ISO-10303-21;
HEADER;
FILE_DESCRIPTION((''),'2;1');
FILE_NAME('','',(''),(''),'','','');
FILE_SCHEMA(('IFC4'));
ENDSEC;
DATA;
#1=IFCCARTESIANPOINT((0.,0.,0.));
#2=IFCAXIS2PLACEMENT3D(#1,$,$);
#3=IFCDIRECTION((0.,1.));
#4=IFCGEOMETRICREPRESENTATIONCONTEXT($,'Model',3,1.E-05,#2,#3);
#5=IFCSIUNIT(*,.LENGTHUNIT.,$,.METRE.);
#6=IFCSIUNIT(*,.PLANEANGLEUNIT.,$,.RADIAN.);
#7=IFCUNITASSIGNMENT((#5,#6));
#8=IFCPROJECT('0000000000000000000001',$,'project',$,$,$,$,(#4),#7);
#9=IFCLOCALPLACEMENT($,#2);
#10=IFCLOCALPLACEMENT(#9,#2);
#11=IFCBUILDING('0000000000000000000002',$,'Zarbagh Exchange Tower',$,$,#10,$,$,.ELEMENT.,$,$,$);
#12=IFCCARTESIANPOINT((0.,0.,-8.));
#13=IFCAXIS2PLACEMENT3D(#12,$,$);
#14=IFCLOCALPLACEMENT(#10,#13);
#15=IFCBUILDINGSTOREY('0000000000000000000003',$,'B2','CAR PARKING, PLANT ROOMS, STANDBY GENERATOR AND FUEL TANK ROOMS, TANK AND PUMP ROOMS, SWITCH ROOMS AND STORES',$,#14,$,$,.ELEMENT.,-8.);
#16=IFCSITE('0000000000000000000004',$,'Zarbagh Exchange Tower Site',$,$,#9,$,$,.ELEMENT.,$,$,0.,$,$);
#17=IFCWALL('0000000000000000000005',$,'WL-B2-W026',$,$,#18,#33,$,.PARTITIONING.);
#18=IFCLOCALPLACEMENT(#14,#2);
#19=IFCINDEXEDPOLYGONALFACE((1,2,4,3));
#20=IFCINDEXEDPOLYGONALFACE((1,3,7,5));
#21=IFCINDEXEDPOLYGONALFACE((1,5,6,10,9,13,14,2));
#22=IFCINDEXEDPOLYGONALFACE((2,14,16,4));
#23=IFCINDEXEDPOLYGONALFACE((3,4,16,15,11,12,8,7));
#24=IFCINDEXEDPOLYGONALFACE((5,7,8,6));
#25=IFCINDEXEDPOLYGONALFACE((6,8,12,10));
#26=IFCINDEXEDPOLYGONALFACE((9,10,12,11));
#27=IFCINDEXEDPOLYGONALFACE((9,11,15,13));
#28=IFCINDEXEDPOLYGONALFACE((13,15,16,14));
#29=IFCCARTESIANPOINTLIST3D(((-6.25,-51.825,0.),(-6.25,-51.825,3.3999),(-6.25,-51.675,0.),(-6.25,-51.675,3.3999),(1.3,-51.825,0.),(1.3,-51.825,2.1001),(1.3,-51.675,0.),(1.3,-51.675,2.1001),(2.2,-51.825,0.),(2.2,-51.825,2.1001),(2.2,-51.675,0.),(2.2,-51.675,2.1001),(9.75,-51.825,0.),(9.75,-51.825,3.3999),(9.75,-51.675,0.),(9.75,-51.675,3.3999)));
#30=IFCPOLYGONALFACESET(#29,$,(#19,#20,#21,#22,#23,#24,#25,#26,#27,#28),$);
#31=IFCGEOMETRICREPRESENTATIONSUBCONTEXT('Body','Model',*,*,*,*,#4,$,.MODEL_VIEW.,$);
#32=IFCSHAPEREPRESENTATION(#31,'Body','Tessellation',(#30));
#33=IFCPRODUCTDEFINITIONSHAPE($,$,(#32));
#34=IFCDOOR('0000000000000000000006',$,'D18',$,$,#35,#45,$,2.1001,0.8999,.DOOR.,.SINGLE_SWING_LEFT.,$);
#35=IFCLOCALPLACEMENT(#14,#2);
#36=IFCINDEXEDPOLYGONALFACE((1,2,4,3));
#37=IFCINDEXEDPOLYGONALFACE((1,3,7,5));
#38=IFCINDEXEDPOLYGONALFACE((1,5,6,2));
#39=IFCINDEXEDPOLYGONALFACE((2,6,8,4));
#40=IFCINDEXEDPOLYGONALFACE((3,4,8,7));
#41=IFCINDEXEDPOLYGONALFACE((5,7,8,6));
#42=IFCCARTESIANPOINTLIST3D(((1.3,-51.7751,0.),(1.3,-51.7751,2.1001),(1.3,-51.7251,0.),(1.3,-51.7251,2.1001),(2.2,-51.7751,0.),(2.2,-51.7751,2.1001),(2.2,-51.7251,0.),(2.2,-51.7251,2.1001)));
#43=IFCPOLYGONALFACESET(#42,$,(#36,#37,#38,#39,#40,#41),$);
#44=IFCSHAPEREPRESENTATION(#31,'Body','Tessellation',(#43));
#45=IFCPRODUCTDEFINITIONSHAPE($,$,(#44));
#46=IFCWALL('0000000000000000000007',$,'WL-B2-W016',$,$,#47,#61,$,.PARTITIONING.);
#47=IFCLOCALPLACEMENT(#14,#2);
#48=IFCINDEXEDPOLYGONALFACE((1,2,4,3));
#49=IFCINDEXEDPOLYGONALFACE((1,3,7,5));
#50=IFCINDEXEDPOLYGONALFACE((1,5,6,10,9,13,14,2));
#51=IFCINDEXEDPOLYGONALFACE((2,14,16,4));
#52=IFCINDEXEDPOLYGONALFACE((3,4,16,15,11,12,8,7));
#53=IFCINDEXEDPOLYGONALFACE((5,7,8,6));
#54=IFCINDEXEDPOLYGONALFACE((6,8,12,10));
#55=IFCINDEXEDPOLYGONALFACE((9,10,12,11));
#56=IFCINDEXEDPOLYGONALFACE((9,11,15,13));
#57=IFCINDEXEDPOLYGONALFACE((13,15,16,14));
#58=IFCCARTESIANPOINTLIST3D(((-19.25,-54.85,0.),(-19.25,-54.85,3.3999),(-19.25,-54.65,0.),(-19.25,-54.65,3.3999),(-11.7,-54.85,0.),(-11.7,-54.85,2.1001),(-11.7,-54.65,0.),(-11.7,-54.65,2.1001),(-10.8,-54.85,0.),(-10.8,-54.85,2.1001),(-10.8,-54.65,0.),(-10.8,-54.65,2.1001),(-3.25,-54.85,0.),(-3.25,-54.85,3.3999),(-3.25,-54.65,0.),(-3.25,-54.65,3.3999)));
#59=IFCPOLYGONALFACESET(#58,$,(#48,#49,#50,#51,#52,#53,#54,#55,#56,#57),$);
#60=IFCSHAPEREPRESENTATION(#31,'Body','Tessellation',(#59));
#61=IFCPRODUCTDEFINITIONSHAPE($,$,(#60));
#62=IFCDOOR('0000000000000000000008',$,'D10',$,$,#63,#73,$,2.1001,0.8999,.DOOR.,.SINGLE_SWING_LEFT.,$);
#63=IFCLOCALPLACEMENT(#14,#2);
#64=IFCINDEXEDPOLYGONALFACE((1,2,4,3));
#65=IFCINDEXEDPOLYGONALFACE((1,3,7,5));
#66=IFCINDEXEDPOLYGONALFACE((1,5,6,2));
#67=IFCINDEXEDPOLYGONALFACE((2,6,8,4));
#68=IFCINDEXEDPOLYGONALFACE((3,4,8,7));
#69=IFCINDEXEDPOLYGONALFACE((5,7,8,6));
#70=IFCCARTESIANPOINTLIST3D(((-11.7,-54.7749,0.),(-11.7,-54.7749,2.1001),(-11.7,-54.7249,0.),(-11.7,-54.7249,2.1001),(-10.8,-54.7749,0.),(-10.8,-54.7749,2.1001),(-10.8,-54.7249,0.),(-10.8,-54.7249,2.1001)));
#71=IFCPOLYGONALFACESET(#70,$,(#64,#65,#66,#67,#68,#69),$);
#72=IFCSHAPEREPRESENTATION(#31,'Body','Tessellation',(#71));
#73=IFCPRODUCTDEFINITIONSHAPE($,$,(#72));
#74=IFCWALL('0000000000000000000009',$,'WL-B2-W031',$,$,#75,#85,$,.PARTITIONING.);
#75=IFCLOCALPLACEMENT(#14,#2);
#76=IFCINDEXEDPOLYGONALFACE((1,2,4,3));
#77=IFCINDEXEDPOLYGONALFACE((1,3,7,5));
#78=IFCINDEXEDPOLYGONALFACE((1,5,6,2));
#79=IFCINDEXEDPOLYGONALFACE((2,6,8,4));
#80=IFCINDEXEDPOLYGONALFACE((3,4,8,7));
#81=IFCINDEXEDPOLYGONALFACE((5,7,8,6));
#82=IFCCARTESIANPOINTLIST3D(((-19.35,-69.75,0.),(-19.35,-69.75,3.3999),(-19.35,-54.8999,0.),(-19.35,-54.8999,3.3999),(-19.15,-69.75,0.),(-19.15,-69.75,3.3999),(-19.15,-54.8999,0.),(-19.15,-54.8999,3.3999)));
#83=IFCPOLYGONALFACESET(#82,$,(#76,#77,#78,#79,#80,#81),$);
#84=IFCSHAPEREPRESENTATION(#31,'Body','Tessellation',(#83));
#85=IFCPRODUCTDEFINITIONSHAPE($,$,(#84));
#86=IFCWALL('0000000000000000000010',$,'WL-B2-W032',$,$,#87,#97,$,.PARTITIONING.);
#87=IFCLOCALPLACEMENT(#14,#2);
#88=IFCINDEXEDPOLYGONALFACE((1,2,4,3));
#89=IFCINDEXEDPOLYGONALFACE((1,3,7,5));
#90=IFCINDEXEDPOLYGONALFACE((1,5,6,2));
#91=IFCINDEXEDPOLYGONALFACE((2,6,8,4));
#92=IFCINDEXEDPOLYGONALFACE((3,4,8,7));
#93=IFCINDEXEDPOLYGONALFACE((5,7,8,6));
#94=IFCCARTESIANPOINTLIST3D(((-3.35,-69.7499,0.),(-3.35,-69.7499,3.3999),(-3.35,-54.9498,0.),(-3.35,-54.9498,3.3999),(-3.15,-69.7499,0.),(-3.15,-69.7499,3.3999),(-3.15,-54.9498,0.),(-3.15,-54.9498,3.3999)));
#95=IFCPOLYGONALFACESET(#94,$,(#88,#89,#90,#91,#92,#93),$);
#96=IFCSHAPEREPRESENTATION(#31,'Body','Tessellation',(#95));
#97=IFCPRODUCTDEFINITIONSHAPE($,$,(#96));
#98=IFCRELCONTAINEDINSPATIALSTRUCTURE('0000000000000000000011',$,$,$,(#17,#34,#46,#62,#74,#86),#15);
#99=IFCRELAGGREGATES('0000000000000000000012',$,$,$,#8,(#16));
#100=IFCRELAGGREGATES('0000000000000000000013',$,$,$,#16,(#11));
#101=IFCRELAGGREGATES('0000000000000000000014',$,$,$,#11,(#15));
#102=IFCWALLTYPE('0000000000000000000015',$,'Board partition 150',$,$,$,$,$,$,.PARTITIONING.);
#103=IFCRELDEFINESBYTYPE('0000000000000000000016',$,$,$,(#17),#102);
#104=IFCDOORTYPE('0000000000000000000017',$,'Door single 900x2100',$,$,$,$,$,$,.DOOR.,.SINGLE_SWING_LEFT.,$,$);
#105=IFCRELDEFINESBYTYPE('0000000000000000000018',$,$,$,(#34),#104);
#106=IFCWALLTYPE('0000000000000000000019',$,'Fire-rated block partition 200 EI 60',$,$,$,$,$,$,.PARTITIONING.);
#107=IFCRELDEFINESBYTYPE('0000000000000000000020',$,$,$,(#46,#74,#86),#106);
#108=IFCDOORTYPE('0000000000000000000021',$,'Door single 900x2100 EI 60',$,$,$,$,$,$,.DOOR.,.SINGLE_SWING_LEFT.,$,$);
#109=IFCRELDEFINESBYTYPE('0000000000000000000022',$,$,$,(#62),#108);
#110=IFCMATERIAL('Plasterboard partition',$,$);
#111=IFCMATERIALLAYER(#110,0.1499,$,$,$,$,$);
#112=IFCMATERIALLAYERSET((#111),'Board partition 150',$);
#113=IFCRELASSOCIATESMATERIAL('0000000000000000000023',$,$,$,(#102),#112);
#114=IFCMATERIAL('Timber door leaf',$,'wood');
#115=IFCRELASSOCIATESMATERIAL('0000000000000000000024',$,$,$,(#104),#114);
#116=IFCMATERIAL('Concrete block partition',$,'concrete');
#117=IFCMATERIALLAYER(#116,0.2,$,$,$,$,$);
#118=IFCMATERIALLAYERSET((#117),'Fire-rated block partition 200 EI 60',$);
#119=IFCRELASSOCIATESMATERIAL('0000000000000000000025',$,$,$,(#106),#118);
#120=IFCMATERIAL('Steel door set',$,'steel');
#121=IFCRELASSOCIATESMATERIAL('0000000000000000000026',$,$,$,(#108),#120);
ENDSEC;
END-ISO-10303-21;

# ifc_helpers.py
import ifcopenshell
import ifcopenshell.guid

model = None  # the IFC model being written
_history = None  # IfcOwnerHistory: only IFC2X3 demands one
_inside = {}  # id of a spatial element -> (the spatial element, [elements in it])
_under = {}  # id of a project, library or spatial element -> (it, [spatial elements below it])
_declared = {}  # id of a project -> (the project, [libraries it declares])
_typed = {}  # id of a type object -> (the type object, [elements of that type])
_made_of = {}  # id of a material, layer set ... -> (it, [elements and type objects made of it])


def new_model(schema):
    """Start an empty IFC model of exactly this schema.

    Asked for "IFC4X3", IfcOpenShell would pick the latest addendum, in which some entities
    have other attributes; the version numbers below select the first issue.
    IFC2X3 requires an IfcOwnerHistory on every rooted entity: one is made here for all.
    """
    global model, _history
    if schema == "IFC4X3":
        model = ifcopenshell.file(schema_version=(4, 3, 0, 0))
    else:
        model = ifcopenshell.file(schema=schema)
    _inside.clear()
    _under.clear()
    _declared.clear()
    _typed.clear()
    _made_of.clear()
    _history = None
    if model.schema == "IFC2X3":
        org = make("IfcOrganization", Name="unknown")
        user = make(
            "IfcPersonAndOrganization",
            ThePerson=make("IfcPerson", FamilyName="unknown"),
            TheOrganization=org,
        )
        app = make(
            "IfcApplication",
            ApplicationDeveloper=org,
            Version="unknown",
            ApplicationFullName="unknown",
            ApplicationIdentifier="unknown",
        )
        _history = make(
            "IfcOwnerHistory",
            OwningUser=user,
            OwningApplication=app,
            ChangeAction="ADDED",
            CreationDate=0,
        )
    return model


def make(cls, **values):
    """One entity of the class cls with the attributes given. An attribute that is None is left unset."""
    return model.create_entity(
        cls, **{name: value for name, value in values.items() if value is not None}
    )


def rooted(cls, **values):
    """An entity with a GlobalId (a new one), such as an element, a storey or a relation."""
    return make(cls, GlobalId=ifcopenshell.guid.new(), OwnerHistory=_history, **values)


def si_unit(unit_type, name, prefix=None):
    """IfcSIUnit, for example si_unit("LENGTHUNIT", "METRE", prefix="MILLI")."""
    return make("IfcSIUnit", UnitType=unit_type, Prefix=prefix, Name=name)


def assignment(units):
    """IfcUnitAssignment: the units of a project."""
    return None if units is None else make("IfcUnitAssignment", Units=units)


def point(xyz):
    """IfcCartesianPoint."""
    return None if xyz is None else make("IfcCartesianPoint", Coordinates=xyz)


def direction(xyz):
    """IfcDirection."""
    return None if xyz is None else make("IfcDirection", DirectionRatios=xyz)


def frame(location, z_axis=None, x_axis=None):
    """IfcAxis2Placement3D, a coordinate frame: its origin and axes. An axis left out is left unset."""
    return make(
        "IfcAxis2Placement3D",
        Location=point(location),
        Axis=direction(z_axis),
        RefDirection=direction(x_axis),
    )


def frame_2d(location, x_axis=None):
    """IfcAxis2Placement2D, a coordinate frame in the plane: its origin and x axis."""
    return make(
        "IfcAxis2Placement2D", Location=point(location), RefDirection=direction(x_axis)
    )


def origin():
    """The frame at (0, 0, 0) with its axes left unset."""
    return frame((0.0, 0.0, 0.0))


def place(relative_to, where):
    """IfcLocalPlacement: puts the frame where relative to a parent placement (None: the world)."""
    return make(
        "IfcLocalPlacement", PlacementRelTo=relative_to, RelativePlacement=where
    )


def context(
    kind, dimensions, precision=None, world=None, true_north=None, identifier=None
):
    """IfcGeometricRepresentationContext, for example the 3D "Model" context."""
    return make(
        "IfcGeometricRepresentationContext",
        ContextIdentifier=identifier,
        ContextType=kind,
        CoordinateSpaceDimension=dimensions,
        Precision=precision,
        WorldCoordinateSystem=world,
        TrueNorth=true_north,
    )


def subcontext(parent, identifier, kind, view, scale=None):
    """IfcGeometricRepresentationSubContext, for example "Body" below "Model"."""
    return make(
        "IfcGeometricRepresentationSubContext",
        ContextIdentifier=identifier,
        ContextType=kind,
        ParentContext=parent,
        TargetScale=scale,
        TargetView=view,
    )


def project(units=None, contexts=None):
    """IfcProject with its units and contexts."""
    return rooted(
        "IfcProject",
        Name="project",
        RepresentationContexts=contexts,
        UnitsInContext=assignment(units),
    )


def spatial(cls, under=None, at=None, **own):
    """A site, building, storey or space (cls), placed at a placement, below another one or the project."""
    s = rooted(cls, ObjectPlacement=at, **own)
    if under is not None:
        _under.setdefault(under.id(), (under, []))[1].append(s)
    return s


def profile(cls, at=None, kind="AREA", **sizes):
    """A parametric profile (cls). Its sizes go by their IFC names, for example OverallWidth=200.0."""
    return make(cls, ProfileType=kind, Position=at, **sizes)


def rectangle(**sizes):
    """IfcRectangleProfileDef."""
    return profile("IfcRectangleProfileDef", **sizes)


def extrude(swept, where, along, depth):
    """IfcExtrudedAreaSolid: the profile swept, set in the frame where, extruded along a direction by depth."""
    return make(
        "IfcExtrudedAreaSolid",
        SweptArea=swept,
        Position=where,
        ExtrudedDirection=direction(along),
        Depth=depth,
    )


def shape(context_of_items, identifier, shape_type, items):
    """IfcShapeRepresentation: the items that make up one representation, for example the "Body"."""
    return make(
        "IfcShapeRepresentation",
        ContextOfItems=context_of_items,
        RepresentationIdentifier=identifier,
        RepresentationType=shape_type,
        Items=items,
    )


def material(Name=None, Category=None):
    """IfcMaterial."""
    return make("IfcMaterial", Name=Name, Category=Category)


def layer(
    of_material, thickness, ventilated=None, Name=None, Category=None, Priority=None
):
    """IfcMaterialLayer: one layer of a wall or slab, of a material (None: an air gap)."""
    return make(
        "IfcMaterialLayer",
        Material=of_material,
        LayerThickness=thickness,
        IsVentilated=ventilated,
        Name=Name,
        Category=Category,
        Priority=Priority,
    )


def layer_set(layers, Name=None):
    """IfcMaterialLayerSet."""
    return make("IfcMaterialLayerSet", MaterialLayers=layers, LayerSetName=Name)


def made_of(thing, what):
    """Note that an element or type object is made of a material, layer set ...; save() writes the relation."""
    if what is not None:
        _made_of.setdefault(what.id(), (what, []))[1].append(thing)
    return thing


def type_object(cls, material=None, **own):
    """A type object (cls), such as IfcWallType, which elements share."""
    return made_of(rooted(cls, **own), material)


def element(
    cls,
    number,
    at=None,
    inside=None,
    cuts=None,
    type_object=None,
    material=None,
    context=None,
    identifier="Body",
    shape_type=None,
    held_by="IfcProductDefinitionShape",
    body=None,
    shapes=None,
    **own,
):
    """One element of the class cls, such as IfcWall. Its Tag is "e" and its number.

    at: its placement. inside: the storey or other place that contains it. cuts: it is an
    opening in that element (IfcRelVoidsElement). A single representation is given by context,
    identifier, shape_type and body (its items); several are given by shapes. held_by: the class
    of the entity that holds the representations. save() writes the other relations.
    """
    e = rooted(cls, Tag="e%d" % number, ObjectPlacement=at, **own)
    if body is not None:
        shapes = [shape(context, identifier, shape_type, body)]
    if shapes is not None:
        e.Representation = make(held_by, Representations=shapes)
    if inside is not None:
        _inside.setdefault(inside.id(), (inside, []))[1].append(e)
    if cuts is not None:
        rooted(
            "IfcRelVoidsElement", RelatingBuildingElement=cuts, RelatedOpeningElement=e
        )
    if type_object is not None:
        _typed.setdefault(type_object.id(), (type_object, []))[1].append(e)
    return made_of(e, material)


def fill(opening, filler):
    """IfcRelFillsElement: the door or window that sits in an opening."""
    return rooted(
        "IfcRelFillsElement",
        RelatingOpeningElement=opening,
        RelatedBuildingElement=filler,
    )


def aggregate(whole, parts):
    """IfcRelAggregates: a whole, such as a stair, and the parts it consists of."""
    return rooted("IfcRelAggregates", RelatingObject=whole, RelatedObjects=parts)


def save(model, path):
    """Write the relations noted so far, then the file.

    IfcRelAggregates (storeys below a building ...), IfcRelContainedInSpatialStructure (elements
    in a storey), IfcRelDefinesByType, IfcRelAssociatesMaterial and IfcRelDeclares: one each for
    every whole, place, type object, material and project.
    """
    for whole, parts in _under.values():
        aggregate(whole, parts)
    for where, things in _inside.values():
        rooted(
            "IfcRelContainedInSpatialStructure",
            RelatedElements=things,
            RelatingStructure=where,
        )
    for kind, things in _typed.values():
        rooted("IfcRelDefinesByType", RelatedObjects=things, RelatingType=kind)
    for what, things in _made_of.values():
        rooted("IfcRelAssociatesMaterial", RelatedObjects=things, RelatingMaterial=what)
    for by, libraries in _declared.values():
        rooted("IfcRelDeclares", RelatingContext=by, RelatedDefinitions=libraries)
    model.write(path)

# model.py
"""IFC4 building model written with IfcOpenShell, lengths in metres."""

from ifc_helpers import new_model, si_unit, direction, frame, frame_2d, origin, place, context, subcontext, project, spatial, rectangle, extrude, material, layer, layer_set, type_object, element, fill, save


model = new_model("IFC4")

# Units and contexts
model_context = context("Model", 3, precision=1e-05, world=origin(), true_north=direction((0.0, 1.0)))
body_context = subcontext(model_context, "Body", "Model", "MODEL_VIEW")
ifc_project = project(units=[si_unit("LENGTHUNIT", "METRE"), si_unit("PLANEANGLEUNIT", "RADIAN")], contexts=[model_context])

# Site, building, storey
site_placement = place(None, origin())
site = spatial("IfcSite", under=ifc_project, at=site_placement, Name="Zarbagh Exchange Tower Site", CompositionType="ELEMENT", RefElevation=0.0)
building_placement = place(site_placement, origin())
building = spatial("IfcBuilding", under=site, at=building_placement, Name="Zarbagh Exchange Tower", CompositionType="ELEMENT")
storey_placement = place(building_placement, frame((0.0, 0.0, -8.0)))
storey = spatial("IfcBuildingStorey", under=building, at=storey_placement, Name="B2", Description="CAR PARKING, PLANT ROOMS, STANDBY GENERATOR AND FUEL TANK ROOMS, TANK AND PUMP ROOMS, SWITCH ROOMS AND STORES", CompositionType="ELEMENT", Elevation=-8.0)

# Walls, openings, doors
ifc_material_1 = material(Name="Plasterboard partition")
ifc_layer_1 = layer(ifc_material_1, 0.1499)
ifc_layer_set_1 = layer_set([ifc_layer_1], Name="Board partition 150")
wall_type_1 = type_object("IfcWallType", Name="Board partition 150", PredefinedType="PARTITIONING", material=ifc_layer_set_1)
ifc_material_2 = material(Name="Timber door leaf", Category="wood")
door_type_1 = type_object("IfcDoorType", Name="Door single 900x2100", OperationType="SINGLE_SWING_LEFT", PredefinedType="DOOR", material=ifc_material_2)
wall_1_placement = place(storey_placement, frame((-6.25, -51.75, 0.0), z_axis=(0.0, 0.0, 1.0), x_axis=(1.0, 0.0, 0.0)))
wall_1 = element("IfcWall", 1, at=wall_1_placement, inside=storey, type_object=wall_type_1, Name="WL-B2-W026", PredefinedType="PARTITIONING", context=body_context, shape_type="SweptSolid", body=[
    extrude(rectangle(XDim=16.0, YDim=0.1499, at=frame_2d((8.0, 0.0))), origin(), (0.0, 0.0, 1.0), 3.3999),
])
opening_1_placement = place(wall_1_placement, frame((7.55, 0.0, 0.0)))
opening_1 = element("IfcOpeningElement", 2, at=opening_1_placement, cuts=wall_1, PredefinedType="OPENING", context=body_context, shape_type="SweptSolid", body=[
    extrude(rectangle(XDim=0.8999, YDim=2.1001, at=frame_2d((0.45, 1.05))), frame((0.0, 0.085, 0.0), z_axis=(0.0, -1.0, 0.0), x_axis=(1.0, 0.0, 0.0)), (0.0, 0.0, 1.0), 0.1699),
])
door_1_placement = place(opening_1_placement, origin())
door_1 = element("IfcDoor", 3, at=door_1_placement, inside=storey, type_object=door_type_1, Name="D18", OperationType="SINGLE_SWING_LEFT", OverallHeight=2.1001, OverallWidth=0.8999, PredefinedType="DOOR", context=body_context, shape_type="SweptSolid", body=[
    extrude(rectangle(XDim=0.8999, YDim=2.1001, at=frame_2d((0.45, 1.05))), frame((0.0, 0.0249, 0.0), z_axis=(0.0, -1.0, 0.0), x_axis=(1.0, 0.0, 0.0)), (0.0, 0.0, 1.0), 0.05),
])
fill(opening_1, door_1)
ifc_material_3 = material(Name="Concrete block partition", Category="concrete")
ifc_layer_2 = layer(ifc_material_3, 0.2)
ifc_layer_set_2 = layer_set([ifc_layer_2], Name="Fire-rated block partition 200 EI 60")
wall_type_2 = type_object("IfcWallType", Name="Fire-rated block partition 200 EI 60", PredefinedType="PARTITIONING", material=ifc_layer_set_2)
wall_2_placement = place(storey_placement, frame((-3.25, -54.75, 0.0), z_axis=(0.0, 0.0, 1.0), x_axis=(-1.0, 0.0, 0.0)))
wall_2 = element("IfcWall", 4, at=wall_2_placement, inside=storey, type_object=wall_type_2, Name="WL-B2-W016", PredefinedType="PARTITIONING", context=body_context, shape_type="SweptSolid", body=[
    extrude(rectangle(XDim=16.0, YDim=0.2, at=frame_2d((8.0, 0.0))), origin(), (0.0, 0.0, 1.0), 3.3999),
])
opening_2_placement = place(wall_2_placement, frame((7.55, 0.0, 0.0)))
opening_2 = element("IfcOpeningElement", 5, at=opening_2_placement, cuts=wall_2, PredefinedType="OPENING", context=body_context, shape_type="SweptSolid", body=[
    extrude(rectangle(XDim=0.8999, YDim=2.1001, at=frame_2d((0.45, 1.05))), frame((0.0, 0.1099, 0.0), z_axis=(0.0, -1.0, 0.0), x_axis=(1.0, 0.0, 0.0)), (0.0, 0.0, 1.0), 0.22),
])
ifc_material_4 = material(Name="Steel door set", Category="steel")
door_type_2 = type_object("IfcDoorType", Name="Door single 900x2100 EI 60", OperationType="SINGLE_SWING_LEFT", PredefinedType="DOOR", material=ifc_material_4)
door_2_placement = place(opening_2_placement, origin())
door_2 = element("IfcDoor", 6, at=door_2_placement, inside=storey, type_object=door_type_2, Name="D10", OperationType="SINGLE_SWING_LEFT", OverallHeight=2.1001, OverallWidth=0.8999, PredefinedType="DOOR", context=body_context, shape_type="SweptSolid", body=[
    extrude(rectangle(XDim=0.8999, YDim=2.1001, at=frame_2d((0.45, 1.05))), frame((0.0, 0.0249, 0.0), z_axis=(0.0, -1.0, 0.0), x_axis=(1.0, 0.0, 0.0)), (0.0, 0.0, 1.0), 0.05),
])
fill(opening_2, door_2)

# Walls
wall_3_placement = place(storey_placement, frame((-19.25, -54.8999, 0.0), z_axis=(0.0, 0.0, 1.0), x_axis=(0.0, -1.0, 0.0)))
element("IfcWall", 7, at=wall_3_placement, inside=storey, type_object=wall_type_2, Name="WL-B2-W031", PredefinedType="PARTITIONING", context=body_context, shape_type="SweptSolid", body=[
    extrude(rectangle(XDim=14.8501, YDim=0.2, at=frame_2d((7.425, 0.0))), origin(), (0.0, 0.0, 1.0), 3.3999),
])
wall_4_placement = place(storey_placement, frame((-3.25, -54.95, 0.0), z_axis=(0.0, 0.0, 1.0), x_axis=(0.0, -1.0, 0.0)))
element("IfcWall", 8, at=wall_4_placement, inside=storey, type_object=wall_type_2, Name="WL-B2-W032", PredefinedType="PARTITIONING", context=body_context, shape_type="SweptSolid", body=[
    extrude(rectangle(XDim=14.8, YDim=0.2, at=frame_2d((7.3999, 0.0))), origin(), (0.0, 0.0, 1.0), 3.3999),
])

save(model, "model.ifc")
